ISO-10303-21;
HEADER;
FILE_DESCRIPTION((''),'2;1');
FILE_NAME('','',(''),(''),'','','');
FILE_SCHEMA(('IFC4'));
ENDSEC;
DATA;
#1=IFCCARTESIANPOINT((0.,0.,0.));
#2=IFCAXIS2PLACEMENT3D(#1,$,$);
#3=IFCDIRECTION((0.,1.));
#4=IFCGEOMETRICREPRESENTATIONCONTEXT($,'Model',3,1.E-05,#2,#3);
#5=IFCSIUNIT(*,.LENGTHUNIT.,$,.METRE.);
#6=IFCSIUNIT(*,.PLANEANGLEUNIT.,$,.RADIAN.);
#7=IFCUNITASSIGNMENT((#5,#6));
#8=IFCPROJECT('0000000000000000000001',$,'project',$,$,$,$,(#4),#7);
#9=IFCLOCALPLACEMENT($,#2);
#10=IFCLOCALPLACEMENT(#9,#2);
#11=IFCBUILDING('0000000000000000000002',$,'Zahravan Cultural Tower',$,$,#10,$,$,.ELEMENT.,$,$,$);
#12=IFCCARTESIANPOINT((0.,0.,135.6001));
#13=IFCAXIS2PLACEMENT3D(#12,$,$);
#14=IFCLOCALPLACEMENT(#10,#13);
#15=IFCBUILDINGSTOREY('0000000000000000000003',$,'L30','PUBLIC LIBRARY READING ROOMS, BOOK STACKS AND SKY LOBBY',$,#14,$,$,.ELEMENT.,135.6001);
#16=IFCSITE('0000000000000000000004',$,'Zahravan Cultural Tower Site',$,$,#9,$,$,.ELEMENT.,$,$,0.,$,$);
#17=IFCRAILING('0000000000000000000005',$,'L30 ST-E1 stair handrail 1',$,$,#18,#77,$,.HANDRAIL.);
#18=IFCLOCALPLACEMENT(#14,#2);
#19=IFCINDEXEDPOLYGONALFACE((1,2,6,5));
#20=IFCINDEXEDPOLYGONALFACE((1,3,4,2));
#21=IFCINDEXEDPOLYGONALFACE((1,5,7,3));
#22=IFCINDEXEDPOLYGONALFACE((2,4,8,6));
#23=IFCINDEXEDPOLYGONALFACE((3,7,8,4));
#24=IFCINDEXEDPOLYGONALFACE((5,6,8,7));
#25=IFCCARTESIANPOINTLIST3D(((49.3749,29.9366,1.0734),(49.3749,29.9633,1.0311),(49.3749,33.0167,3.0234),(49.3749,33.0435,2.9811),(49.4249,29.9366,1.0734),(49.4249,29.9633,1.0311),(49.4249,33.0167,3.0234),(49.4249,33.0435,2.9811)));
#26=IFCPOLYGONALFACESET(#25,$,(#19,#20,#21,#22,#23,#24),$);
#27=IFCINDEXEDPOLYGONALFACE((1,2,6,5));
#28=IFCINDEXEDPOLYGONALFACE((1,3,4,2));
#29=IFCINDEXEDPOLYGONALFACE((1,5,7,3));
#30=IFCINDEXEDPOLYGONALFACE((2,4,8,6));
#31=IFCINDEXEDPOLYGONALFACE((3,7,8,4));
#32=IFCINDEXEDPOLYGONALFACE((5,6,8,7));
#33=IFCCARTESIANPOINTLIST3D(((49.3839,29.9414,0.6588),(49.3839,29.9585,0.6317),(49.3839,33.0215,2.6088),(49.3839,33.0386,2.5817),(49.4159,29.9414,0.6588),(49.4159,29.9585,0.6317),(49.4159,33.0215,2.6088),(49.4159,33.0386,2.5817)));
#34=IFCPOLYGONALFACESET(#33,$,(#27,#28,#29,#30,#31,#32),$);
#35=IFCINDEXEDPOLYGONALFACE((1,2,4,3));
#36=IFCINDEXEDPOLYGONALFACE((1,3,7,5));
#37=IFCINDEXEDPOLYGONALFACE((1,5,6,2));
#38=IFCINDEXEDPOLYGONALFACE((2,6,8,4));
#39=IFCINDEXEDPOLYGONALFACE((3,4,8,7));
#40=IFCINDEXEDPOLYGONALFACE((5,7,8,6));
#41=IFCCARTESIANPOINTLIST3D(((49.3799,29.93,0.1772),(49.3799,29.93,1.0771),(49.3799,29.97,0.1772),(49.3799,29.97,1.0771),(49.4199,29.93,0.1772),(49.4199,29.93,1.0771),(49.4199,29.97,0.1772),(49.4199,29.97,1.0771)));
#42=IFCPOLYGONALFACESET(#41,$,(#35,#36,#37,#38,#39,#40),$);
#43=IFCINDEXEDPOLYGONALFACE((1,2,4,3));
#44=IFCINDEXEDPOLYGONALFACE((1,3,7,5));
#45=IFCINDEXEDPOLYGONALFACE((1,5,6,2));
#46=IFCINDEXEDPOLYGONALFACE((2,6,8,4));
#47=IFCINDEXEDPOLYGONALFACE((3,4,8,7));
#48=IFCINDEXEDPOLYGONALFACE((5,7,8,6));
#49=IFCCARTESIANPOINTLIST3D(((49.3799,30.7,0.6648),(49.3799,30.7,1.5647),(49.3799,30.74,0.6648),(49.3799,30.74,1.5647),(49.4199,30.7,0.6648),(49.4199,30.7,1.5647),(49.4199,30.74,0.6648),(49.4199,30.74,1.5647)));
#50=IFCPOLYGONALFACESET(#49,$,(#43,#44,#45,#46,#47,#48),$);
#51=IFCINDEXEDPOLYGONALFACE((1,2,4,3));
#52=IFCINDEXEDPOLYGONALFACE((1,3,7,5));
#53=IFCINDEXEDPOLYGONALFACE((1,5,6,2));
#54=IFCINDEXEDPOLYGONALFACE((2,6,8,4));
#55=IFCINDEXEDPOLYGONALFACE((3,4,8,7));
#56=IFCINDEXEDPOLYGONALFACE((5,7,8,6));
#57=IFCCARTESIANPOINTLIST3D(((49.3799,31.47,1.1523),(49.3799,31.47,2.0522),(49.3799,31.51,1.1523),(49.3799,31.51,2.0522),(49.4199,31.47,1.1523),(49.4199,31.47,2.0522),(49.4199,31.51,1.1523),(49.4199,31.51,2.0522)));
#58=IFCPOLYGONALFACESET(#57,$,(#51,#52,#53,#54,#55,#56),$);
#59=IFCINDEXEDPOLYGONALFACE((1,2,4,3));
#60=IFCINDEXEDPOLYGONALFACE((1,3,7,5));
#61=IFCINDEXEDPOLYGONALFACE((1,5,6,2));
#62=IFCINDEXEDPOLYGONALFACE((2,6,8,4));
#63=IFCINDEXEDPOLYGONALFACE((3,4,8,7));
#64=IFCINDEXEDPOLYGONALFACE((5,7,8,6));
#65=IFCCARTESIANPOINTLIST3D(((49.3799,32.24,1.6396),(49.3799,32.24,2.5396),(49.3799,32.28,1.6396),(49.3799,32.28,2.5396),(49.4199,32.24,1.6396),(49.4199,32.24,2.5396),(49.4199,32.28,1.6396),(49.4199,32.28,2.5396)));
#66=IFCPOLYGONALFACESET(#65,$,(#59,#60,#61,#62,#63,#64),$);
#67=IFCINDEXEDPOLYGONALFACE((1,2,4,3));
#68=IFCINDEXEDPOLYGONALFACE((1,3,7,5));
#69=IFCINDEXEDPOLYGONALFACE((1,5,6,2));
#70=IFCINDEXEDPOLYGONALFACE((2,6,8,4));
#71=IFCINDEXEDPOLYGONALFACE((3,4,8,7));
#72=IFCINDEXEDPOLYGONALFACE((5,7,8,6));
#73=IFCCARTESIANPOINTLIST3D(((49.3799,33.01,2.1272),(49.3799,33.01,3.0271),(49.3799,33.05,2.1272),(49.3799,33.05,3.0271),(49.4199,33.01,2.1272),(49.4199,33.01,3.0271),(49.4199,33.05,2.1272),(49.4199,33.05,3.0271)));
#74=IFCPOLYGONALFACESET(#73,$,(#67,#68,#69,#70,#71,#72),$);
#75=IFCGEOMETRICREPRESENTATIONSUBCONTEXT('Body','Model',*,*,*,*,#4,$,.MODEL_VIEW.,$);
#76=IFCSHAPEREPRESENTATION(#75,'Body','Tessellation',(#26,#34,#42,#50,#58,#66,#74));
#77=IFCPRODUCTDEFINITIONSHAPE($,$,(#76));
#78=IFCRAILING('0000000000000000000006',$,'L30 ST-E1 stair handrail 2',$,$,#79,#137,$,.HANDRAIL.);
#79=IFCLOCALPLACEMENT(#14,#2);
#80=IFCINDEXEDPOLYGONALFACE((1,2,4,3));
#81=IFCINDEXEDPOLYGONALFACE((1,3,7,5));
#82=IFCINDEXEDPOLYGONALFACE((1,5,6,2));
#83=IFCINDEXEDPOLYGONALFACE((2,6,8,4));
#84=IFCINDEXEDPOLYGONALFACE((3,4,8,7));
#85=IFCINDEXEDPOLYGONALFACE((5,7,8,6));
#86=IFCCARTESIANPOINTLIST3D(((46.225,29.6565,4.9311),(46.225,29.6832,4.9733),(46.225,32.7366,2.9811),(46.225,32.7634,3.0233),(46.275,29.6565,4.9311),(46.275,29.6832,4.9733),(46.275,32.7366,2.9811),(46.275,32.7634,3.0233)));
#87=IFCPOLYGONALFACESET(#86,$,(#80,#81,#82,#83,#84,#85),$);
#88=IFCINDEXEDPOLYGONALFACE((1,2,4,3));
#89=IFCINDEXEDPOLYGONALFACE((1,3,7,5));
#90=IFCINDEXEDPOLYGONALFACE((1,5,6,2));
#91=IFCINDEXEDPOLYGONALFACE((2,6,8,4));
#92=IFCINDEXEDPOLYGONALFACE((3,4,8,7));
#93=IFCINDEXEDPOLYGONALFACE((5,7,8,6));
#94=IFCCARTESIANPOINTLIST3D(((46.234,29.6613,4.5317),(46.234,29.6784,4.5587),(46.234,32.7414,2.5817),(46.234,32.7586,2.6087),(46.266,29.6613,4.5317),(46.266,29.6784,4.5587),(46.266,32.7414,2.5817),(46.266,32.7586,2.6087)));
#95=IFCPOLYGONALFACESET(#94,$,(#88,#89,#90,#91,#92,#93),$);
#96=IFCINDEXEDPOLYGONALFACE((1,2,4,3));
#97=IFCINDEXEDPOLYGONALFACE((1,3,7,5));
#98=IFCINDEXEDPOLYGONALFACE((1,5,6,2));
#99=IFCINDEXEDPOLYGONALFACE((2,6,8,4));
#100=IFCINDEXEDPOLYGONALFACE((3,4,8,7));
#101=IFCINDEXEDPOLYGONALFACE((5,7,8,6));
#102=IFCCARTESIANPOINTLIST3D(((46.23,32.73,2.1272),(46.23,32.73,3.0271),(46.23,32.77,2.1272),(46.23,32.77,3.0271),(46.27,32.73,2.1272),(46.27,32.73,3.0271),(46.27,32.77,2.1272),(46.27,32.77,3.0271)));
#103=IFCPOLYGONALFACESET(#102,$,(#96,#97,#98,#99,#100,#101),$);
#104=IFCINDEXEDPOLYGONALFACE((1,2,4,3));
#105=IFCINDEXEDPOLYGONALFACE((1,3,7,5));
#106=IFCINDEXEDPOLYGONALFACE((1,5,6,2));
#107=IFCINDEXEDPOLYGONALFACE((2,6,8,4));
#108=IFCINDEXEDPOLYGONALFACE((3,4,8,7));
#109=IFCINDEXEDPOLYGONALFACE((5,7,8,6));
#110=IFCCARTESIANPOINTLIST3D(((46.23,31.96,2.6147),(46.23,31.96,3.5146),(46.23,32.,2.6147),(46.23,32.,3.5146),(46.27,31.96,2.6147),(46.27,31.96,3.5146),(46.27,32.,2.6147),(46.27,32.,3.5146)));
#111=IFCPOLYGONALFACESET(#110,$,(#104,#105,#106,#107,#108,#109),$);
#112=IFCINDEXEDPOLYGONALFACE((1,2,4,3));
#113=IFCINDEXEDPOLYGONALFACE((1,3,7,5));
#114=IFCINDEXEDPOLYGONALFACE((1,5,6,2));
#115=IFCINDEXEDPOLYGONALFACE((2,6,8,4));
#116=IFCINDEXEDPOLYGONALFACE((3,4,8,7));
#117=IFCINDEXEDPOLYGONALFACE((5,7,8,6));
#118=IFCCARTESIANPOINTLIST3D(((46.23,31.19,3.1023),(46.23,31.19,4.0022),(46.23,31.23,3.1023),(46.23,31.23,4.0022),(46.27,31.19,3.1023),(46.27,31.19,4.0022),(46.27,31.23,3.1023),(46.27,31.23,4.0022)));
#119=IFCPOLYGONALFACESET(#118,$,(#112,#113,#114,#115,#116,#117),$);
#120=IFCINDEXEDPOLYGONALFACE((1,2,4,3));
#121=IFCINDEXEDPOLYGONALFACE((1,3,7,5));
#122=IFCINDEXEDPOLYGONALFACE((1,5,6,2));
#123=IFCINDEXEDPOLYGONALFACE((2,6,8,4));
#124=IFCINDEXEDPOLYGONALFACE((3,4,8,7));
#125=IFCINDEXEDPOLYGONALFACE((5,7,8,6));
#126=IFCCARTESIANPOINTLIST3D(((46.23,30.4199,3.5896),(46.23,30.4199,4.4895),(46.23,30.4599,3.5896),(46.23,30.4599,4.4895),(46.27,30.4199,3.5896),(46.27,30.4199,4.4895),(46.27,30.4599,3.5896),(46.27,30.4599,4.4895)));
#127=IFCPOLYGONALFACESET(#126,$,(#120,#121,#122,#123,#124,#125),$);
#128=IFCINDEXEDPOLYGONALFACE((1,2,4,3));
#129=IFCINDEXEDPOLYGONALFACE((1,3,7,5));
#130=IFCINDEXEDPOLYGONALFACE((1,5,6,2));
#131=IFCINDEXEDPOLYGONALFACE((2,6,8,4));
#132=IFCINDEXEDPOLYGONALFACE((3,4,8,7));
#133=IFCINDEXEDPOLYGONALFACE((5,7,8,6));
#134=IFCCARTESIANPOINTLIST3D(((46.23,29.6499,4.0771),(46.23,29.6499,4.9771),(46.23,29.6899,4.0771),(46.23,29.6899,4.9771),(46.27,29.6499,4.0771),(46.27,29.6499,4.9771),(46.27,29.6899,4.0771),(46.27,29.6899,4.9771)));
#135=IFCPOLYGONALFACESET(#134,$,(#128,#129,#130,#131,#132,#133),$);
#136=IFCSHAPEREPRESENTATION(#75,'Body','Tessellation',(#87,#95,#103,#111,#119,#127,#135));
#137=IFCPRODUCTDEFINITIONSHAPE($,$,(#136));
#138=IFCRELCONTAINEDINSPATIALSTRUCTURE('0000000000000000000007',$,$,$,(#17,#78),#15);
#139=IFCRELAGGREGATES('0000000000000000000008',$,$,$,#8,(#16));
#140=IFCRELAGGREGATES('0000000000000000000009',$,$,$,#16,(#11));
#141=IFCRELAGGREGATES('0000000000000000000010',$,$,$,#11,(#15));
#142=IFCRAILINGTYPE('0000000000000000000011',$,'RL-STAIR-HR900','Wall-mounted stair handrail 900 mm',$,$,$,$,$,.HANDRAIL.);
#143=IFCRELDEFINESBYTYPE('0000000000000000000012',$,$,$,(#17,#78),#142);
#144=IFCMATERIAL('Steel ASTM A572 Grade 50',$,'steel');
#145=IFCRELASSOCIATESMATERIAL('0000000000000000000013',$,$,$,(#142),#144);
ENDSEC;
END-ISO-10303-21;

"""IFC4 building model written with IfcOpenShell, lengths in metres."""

from ifc_helpers import new_model, si_unit, direction, frame, origin, origin_2d, place, context, subcontext, project, spatial, rectangle, extrude, material, type_object, element, save


model = new_model("IFC4")

# Units and contexts
model_context = context("Model", 3, precision=1e-05, world=origin(), true_north=direction((0.0, 1.0)))
body_context = subcontext(model_context, "Body", "Model", "MODEL_VIEW")
ifc_project = project(units=[si_unit("LENGTHUNIT", "METRE"), si_unit("PLANEANGLEUNIT", "RADIAN")], contexts=[model_context])

# Site, building, storey
site_placement = place(None, origin())
site = spatial("IfcSite", under=ifc_project, at=site_placement, Name="Zahravan Cultural Tower Site", CompositionType="ELEMENT", RefElevation=0.0)
building_placement = place(site_placement, origin())
building = spatial("IfcBuilding", under=site, at=building_placement, Name="Zahravan Cultural Tower", CompositionType="ELEMENT")
storey_placement = place(building_placement, frame((0.0, 0.0, 135.6001)))
storey = spatial("IfcBuildingStorey", under=building, at=storey_placement, Name="L30", Description="PUBLIC LIBRARY READING ROOMS, BOOK STACKS AND SKY LOBBY", CompositionType="ELEMENT", Elevation=135.6001)

# Shared definitions
ifc_material_1 = material(Name="Steel ASTM A572 Grade 50", Category="steel")

# Railings
railing_type_1 = type_object("IfcRailingType", Name="RL-STAIR-HR900", Description="Wall-mounted stair handrail 900 mm", PredefinedType="HANDRAIL", material=ifc_material_1)
railing_1_placement = place(storey_placement, frame((49.3999, 29.95, 0.1772)))
element("IfcRailing", 1, at=railing_1_placement, inside=storey, type_object=railing_type_1, Name="L30 ST-E1 stair handrail 1", PredefinedType="HANDRAIL", context=body_context, shape_type="SweptSolid", body=[
    extrude(rectangle(XDim=0.05, YDim=0.05, at=origin_2d()), frame((0.0, 0.0, 0.875), z_axis=(0.0, 0.844914, 0.534902), x_axis=(-1.0, 0.0, 0.0)), (0.0, 0.0, 1.0), 3.6455),
    extrude(rectangle(XDim=0.032, YDim=0.032, at=origin_2d()), frame((0.0, 0.0, 0.468), z_axis=(0.0, 0.844914, 0.534902), x_axis=(-1.0, 0.0, 0.0)), (0.0, 0.0, 1.0), 3.6455),
    extrude(rectangle(XDim=0.04, YDim=0.04, at=origin_2d()), origin(), (0.0, 0.0, 1.0), 0.8999),
    extrude(rectangle(XDim=0.04, YDim=0.04, at=origin_2d()), frame((0.0, 0.77, 0.4875)), (0.0, 0.0, 1.0), 0.8999),
    extrude(rectangle(XDim=0.04, YDim=0.04, at=origin_2d()), frame((0.0, 1.54, 0.9751)), (0.0, 0.0, 1.0), 0.8999),
    extrude(rectangle(XDim=0.04, YDim=0.04, at=origin_2d()), frame((0.0, 2.3101, 1.4624)), (0.0, 0.0, 1.0), 0.8999),
    extrude(rectangle(XDim=0.04, YDim=0.04, at=origin_2d()), frame((0.0, 3.0801, 1.95)), (0.0, 0.0, 1.0), 0.8999),
])
railing_2_placement = place(storey_placement, frame((46.25, 32.75, 2.1272)))
element("IfcRailing", 2, at=railing_2_placement, inside=storey, type_object=railing_type_1, Name="L30 ST-E1 stair handrail 2", PredefinedType="HANDRAIL", context=body_context, shape_type="SweptSolid", body=[
    extrude(rectangle(XDim=0.05, YDim=0.05, at=origin_2d()), frame((0.0, 0.0, 0.875), z_axis=(0.0, -0.844914, 0.534902), x_axis=(1.0, 0.0, 0.0)), (0.0, 0.0, 1.0), 3.6455),
    extrude(rectangle(XDim=0.032, YDim=0.032, at=origin_2d()), frame((0.0, 0.0, 0.468), z_axis=(0.0, -0.844914, 0.534902), x_axis=(1.0, 0.0, 0.0)), (0.0, 0.0, 1.0), 3.6455),
    extrude(rectangle(XDim=0.04, YDim=0.04, at=origin_2d()), origin(), (0.0, 0.0, 1.0), 0.8999),
    extrude(rectangle(XDim=0.04, YDim=0.04, at=origin_2d()), frame((0.0, -0.77, 0.4875)), (0.0, 0.0, 1.0), 0.8999),
    extrude(rectangle(XDim=0.04, YDim=0.04, at=origin_2d()), frame((0.0, -1.54, 0.9751)), (0.0, 0.0, 1.0), 0.8999),
    extrude(rectangle(XDim=0.04, YDim=0.04, at=origin_2d()), frame((0.0, -2.3101, 1.4624)), (0.0, 0.0, 1.0), 0.8999),
    extrude(rectangle(XDim=0.04, YDim=0.04, at=origin_2d()), frame((0.0, -3.0801, 1.95)), (0.0, 0.0, 1.0), 0.8999),
])

save(model, "model.ifc")
